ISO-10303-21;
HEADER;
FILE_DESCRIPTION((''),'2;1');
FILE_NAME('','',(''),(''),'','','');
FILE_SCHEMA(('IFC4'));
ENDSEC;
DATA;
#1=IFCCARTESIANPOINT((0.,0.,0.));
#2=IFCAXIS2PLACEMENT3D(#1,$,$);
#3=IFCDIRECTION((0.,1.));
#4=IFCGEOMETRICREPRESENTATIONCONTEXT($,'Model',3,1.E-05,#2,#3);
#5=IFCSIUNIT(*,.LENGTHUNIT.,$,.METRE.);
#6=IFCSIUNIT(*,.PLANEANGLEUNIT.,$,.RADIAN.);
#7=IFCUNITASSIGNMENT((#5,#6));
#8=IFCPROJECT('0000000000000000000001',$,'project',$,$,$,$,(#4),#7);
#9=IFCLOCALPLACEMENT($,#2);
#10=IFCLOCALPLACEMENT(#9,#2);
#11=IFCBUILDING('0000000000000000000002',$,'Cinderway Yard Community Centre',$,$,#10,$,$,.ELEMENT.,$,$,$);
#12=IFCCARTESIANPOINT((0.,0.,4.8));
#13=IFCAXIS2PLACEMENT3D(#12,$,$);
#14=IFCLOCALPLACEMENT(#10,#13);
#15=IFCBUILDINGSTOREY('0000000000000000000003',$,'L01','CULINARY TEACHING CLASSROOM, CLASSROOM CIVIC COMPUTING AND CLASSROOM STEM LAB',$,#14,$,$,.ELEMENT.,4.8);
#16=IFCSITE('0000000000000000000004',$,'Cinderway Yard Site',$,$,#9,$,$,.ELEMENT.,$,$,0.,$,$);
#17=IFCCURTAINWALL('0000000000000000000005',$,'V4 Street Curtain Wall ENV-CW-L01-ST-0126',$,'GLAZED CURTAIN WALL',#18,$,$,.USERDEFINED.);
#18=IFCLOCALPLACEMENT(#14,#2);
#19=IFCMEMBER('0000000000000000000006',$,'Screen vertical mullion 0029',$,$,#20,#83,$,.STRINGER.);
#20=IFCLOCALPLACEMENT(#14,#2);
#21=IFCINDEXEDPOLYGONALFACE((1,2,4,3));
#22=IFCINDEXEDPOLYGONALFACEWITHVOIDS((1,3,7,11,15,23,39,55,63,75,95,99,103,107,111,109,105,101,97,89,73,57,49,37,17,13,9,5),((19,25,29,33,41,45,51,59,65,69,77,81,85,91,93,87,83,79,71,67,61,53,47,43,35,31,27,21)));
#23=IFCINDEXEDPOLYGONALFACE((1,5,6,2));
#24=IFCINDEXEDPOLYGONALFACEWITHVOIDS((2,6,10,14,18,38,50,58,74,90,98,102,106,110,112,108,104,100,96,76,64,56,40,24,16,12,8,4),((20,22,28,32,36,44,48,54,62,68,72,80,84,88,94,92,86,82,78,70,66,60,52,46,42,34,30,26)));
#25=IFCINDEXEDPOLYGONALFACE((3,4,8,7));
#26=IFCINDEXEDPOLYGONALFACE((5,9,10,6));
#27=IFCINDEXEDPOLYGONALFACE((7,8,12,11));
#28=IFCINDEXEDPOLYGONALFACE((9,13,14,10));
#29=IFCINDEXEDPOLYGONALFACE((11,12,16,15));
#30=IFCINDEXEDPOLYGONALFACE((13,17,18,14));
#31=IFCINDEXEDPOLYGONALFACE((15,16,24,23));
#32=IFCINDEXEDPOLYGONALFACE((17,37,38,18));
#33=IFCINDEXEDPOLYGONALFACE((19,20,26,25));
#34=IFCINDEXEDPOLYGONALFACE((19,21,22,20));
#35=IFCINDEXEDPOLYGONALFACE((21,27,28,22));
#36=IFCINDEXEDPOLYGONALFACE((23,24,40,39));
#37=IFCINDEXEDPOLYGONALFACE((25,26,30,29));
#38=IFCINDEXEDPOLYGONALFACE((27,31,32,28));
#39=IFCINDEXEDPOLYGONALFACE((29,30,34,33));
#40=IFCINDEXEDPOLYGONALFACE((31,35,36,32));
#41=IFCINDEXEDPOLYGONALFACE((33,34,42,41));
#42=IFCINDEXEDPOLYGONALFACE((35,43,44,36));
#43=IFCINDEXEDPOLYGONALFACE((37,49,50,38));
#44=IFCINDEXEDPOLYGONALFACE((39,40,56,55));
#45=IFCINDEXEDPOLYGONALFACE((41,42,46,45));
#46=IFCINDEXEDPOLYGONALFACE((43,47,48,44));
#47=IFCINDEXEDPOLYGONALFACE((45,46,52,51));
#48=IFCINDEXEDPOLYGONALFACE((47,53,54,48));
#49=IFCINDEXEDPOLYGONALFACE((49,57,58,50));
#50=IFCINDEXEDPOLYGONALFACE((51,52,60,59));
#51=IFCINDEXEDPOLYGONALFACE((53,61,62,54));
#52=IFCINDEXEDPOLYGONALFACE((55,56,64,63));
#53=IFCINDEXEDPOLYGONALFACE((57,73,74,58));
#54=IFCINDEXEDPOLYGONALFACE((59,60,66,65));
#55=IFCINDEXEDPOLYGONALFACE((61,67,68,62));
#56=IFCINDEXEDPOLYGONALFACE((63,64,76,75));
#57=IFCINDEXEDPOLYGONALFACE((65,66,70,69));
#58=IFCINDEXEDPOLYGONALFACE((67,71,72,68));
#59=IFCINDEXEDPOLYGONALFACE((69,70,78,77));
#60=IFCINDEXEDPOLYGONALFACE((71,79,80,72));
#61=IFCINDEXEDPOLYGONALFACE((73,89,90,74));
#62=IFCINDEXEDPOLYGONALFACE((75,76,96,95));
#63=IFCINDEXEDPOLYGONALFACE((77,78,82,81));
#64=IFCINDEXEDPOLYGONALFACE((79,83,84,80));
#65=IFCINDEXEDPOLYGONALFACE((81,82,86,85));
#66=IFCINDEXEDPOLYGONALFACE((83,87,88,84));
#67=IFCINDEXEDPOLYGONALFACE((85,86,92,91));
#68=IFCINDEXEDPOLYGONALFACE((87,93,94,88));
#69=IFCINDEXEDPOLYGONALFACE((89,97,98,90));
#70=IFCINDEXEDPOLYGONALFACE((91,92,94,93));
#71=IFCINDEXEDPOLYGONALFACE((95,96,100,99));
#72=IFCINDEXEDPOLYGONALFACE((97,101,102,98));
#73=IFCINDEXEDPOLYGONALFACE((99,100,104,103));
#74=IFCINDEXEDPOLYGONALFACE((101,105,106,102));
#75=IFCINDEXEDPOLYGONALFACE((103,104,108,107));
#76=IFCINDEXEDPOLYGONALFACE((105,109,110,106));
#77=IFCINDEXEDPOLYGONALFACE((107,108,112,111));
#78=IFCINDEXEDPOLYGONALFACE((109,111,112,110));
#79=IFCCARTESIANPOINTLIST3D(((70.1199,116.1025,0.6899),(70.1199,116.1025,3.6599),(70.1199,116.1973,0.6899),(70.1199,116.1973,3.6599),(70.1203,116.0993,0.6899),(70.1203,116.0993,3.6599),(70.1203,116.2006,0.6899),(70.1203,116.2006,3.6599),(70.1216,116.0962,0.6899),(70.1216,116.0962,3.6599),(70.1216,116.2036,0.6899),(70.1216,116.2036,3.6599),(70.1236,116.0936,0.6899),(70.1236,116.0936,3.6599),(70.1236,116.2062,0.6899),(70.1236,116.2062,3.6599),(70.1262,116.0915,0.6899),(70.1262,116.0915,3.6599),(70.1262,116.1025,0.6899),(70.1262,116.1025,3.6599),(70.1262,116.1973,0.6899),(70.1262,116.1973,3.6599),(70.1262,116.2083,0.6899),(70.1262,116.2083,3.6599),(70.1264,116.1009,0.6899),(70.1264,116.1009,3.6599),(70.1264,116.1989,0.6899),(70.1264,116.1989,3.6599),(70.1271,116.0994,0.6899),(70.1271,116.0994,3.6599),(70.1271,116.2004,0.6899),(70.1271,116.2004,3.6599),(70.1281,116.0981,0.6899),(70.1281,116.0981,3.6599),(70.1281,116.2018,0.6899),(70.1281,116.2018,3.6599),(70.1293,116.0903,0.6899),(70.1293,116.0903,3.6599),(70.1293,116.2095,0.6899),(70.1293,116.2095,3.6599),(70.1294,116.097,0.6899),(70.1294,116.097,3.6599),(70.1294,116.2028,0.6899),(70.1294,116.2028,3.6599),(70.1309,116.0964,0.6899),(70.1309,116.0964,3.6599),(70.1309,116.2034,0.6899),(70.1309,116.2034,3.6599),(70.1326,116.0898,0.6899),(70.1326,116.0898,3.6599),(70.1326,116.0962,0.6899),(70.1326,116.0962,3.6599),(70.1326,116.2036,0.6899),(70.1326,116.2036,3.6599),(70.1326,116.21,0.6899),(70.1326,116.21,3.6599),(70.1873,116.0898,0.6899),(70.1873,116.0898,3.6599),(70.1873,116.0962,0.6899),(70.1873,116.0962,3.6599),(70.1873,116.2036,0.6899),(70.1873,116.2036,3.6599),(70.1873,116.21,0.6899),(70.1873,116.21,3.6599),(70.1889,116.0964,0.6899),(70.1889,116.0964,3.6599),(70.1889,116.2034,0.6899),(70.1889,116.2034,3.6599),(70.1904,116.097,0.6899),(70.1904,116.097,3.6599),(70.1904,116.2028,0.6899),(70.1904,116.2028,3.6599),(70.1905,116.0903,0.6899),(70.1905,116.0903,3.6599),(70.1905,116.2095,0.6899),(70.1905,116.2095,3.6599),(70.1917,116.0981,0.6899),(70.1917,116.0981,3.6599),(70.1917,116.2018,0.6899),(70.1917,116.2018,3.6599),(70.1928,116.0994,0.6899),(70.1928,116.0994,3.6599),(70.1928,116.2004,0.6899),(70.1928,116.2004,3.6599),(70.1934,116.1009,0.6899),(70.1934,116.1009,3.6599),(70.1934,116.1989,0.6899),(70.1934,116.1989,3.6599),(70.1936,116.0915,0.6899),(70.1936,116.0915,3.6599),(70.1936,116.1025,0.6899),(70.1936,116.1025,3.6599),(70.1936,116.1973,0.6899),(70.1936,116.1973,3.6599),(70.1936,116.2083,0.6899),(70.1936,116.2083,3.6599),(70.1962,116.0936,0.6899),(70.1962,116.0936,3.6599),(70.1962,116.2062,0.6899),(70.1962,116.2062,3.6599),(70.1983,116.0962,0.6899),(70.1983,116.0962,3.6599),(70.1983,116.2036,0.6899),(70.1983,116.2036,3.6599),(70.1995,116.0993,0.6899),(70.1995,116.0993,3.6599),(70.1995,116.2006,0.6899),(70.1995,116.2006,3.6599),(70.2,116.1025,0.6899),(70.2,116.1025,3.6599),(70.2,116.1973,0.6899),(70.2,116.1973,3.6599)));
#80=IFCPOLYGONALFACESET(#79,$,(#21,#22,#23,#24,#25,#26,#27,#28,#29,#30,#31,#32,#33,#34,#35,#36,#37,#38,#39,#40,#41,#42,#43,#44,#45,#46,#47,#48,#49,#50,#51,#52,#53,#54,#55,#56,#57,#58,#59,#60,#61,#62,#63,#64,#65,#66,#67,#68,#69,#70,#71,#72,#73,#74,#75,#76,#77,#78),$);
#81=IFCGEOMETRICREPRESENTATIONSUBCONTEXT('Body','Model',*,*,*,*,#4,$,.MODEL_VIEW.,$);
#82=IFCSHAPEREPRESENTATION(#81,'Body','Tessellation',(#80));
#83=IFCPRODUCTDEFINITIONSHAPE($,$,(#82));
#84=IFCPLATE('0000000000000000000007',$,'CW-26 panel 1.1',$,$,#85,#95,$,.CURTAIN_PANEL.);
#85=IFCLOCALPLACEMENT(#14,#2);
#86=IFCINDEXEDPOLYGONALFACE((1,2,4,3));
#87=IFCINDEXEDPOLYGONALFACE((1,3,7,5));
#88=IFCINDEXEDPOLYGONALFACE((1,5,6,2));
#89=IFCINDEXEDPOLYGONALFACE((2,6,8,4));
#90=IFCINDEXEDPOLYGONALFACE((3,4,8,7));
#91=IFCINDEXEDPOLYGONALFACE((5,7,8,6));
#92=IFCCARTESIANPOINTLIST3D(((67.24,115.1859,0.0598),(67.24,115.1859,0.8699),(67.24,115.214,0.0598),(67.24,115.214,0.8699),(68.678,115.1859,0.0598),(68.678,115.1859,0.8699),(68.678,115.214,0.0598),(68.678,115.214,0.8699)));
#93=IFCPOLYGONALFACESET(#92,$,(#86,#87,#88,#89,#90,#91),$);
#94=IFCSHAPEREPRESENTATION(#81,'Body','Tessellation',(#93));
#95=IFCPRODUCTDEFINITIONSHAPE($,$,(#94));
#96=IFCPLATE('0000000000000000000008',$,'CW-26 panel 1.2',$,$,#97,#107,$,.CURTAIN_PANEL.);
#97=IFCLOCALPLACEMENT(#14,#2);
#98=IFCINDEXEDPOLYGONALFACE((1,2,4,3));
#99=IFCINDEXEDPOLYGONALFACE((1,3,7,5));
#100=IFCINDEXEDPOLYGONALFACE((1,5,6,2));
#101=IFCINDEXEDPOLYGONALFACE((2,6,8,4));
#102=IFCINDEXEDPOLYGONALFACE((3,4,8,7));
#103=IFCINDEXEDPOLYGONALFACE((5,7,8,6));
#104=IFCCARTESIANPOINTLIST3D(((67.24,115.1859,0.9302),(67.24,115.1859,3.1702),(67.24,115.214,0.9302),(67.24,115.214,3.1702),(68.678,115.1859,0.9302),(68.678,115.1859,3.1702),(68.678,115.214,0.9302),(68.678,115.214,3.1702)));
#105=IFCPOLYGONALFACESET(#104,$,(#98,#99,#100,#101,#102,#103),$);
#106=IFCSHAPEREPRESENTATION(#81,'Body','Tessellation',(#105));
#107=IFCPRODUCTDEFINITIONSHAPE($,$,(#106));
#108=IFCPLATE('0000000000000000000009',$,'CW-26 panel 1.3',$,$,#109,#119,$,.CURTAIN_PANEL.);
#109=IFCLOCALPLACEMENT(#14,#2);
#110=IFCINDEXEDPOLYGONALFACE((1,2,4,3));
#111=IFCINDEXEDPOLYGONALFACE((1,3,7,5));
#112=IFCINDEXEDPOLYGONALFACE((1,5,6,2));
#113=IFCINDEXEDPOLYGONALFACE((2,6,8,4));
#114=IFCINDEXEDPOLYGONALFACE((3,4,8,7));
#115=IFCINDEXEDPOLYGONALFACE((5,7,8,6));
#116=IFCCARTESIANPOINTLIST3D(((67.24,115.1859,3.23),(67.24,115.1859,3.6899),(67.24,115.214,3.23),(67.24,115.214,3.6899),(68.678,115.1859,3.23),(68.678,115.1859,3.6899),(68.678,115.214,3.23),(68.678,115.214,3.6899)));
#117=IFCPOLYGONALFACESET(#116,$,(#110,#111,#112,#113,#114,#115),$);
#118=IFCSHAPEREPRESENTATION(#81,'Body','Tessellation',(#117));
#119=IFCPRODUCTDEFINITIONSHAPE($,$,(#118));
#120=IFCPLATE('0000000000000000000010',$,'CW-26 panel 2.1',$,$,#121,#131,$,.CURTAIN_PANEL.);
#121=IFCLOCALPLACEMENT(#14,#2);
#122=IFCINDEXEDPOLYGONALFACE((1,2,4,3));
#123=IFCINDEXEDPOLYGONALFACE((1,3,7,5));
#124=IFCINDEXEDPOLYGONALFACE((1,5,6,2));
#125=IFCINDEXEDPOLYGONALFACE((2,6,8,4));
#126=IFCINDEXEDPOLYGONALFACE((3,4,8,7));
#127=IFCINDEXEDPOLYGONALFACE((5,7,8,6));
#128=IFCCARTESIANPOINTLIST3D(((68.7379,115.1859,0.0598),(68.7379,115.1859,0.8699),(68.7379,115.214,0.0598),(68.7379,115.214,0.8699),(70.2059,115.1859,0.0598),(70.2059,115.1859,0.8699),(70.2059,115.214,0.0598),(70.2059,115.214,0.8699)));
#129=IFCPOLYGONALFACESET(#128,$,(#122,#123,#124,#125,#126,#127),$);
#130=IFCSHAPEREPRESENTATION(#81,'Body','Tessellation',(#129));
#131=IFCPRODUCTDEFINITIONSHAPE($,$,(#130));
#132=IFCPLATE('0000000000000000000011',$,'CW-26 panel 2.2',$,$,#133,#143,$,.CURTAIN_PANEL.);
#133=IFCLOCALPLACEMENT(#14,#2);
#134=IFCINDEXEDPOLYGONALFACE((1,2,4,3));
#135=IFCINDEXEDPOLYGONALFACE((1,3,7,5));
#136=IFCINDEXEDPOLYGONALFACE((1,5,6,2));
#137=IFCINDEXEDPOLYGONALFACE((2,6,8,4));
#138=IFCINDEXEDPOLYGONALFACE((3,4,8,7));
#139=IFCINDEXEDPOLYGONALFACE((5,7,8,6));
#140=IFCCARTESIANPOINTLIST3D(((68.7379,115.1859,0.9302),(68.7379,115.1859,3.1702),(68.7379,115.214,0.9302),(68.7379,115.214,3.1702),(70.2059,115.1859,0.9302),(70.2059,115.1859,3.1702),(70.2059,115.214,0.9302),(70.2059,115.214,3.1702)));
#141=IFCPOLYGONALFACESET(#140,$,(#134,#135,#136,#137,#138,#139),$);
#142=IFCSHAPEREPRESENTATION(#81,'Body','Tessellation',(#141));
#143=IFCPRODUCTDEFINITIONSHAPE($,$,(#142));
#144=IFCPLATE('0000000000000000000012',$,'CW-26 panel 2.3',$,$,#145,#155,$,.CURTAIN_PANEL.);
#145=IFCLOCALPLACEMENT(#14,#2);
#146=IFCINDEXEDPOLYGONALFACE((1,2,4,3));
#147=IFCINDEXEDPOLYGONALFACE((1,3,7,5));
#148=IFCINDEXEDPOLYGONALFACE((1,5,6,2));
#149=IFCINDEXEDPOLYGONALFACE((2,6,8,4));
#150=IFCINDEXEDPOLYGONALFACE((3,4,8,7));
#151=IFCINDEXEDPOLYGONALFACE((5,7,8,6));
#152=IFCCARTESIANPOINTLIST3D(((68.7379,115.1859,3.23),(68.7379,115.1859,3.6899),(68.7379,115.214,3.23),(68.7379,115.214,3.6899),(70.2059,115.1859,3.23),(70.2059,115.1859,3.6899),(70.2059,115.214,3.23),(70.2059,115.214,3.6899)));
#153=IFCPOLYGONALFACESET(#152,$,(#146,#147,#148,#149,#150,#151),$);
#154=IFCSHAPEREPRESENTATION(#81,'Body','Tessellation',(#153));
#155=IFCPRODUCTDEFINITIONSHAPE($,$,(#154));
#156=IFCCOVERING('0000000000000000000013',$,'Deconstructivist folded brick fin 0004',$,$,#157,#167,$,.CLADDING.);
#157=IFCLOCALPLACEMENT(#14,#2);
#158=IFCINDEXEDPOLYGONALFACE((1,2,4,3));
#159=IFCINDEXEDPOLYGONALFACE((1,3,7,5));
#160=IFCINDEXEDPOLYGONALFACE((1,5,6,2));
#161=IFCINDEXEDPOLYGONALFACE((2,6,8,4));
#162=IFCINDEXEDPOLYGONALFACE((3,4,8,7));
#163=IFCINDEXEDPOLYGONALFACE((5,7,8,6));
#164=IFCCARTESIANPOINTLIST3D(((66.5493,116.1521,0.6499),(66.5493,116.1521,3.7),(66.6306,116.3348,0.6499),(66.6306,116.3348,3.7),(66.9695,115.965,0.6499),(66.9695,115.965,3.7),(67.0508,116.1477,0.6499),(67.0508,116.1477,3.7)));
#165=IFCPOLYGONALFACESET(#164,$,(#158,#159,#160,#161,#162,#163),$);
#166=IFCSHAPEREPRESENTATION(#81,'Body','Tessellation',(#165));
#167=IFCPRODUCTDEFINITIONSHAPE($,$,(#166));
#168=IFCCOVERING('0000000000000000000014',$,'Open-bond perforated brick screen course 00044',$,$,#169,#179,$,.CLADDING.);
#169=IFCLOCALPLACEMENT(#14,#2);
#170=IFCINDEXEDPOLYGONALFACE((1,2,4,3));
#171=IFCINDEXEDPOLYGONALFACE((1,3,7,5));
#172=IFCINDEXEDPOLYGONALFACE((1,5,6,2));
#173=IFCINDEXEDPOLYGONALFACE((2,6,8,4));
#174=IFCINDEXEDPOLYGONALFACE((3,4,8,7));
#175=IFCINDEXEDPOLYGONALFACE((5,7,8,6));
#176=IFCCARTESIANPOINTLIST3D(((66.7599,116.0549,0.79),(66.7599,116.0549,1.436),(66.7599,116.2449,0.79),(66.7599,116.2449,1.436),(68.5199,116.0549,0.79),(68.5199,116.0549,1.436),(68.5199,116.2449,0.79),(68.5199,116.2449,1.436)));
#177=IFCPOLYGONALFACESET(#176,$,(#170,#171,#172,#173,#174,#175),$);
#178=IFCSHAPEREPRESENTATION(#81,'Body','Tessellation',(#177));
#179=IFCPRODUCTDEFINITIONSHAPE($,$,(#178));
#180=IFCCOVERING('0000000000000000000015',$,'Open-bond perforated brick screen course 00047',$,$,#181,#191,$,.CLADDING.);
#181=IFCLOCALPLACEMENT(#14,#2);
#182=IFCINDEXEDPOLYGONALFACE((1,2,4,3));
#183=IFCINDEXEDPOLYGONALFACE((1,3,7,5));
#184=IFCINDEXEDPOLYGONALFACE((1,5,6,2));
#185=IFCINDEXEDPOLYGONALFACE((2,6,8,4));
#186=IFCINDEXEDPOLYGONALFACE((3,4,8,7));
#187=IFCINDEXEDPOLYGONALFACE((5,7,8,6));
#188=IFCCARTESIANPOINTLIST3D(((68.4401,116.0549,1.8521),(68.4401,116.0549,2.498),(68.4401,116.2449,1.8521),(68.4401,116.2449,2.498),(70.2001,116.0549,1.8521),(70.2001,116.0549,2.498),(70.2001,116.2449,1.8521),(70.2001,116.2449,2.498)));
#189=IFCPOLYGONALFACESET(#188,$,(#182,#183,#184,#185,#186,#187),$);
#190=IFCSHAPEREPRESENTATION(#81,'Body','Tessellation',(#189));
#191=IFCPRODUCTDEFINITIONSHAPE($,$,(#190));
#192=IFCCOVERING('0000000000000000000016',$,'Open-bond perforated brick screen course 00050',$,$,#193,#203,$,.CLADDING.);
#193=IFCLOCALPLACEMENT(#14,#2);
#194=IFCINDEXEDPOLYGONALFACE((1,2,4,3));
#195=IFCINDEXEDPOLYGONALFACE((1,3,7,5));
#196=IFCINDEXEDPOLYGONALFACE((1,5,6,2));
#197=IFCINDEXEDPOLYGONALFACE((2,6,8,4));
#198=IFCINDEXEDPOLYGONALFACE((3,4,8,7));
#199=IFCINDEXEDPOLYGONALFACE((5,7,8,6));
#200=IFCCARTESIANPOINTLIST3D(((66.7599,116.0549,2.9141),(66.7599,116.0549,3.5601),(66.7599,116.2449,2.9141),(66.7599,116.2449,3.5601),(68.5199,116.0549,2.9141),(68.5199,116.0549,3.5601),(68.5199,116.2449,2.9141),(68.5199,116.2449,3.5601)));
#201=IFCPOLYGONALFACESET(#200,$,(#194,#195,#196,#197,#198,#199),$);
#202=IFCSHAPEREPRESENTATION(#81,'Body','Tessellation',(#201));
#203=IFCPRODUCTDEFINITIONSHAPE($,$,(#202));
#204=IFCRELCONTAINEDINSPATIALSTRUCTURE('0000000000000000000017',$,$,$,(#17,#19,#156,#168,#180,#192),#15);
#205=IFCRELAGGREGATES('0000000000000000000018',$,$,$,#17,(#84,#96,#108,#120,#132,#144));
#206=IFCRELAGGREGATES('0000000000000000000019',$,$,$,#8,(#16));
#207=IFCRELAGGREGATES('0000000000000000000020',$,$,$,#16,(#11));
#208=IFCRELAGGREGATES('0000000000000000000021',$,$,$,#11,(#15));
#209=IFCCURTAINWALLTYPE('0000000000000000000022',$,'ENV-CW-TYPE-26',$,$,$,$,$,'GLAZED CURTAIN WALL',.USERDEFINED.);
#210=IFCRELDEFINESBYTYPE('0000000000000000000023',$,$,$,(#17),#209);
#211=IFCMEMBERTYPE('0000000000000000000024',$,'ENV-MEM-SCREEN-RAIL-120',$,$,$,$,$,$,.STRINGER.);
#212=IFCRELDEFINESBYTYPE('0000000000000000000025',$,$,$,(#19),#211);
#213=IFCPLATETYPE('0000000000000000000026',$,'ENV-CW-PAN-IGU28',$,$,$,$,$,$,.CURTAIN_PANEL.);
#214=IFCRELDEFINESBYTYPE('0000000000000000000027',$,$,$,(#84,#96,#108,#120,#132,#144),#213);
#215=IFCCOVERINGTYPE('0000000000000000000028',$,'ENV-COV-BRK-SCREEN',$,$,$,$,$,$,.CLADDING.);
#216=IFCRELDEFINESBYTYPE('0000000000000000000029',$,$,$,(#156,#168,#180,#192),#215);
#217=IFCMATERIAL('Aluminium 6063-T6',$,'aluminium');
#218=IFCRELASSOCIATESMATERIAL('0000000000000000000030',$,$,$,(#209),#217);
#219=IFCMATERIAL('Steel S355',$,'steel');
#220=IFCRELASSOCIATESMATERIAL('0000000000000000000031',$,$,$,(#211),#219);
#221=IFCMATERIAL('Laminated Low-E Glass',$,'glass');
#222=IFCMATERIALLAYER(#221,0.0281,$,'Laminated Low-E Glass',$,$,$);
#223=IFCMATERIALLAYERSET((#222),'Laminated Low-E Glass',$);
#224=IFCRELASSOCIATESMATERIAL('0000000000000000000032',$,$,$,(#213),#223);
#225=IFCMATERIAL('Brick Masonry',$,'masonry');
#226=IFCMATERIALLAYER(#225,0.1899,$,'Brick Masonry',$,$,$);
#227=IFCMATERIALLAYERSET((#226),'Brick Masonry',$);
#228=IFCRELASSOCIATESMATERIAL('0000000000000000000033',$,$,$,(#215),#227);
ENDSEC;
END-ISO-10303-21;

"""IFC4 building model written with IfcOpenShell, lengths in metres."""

from ifc_helpers import new_model, si_unit, direction, frame, origin, origin_2d, place, context, subcontext, project, spatial, rectangle, hollow_rectangle, extrude, material, layer, layer_set, material_profile, profile_set, type_object, element, aggregate, save


model = new_model("IFC4")

# Units and contexts
model_context = context("Model", 3, precision=1e-05, world=origin(), true_north=direction((0.0, 1.0)))
body_context = subcontext(model_context, "Body", "Model", "MODEL_VIEW")
ifc_project = project(units=[si_unit("LENGTHUNIT", "METRE"), si_unit("PLANEANGLEUNIT", "RADIAN")], contexts=[model_context])

# Site, building, storey
site_placement = place(None, origin())
site = spatial("IfcSite", under=ifc_project, at=site_placement, Name="Cinderway Yard Site", CompositionType="ELEMENT", RefElevation=0.0)
building_placement = place(site_placement, origin())
building = spatial("IfcBuilding", under=site, at=building_placement, Name="Cinderway Yard Community Centre", CompositionType="ELEMENT")
storey_placement = place(building_placement, frame((0.0, 0.0, 4.8)))
storey = spatial("IfcBuildingStorey", under=building, at=storey_placement, Name="L01", Description="CULINARY TEACHING CLASSROOM, CLASSROOM CIVIC COMPUTING AND CLASSROOM STEM LAB", CompositionType="ELEMENT", Elevation=4.8)

# Curtain wall
ifc_material_1 = material(Name="Aluminium 6063-T6", Category="aluminium")
curtain_wall_type = type_object("IfcCurtainWallType", Name="ENV-CW-TYPE-26", ElementType="GLAZED CURTAIN WALL", PredefinedType="USERDEFINED", material=ifc_material_1)
curtain_wall_placement = place(storey_placement, origin())
curtain_wall = element("IfcCurtainWall", 1, at=curtain_wall_placement, inside=storey, type_object=curtain_wall_type, Name="V4 Street Curtain Wall ENV-CW-L01-ST-0126", ObjectType="GLAZED CURTAIN WALL", PredefinedType="USERDEFINED")

# Member
ifc_material_2 = material(Name="Steel S355", Category="steel")
ifc_material_profile_1 = material_profile(ifc_material_2, hollow_rectangle(XDim=0.0801, YDim=0.1201, WallThickness=0.0063, InnerFilletRadius=0.0063, OuterFilletRadius=0.0127, at=origin_2d()), Name="Steel S355")
ifc_profile_set_1 = profile_set([ifc_material_profile_1], Name="Steel S355")
member_type_1 = type_object("IfcMemberType", Name="ENV-MEM-SCREEN-RAIL-120", PredefinedType="STRINGER", material=ifc_profile_set_1)
for number, where, z_axis, x_axis, name in (
    (2, (70.1599, 116.1499, 0.6899), (0.0, 0.0, 1.0), (1.0, 0.0, 0.0), "Screen vertical mullion 0029"),
):
    element("IfcMember", number, at=place(storey_placement, frame(where, z_axis=z_axis, x_axis=x_axis)), inside=storey, type_object=member_type_1, Name=name, PredefinedType="STRINGER", context=body_context, shape_type="SweptSolid", body=[
        extrude(hollow_rectangle(XDim=0.0801, YDim=0.1201, WallThickness=0.0063, InnerFilletRadius=0.0063, OuterFilletRadius=0.0127, at=origin_2d()), origin(), (0.0, 0.0, 1.0), 2.97),
    ])

# Plates
ifc_material_3 = material(Name="Laminated Low-E Glass", Category="glass")
ifc_layer_1 = layer(ifc_material_3, 0.0281, Name="Laminated Low-E Glass")
ifc_layer_set_1 = layer_set([ifc_layer_1], Name="Laminated Low-E Glass")
plate_type = type_object("IfcPlateType", Name="ENV-CW-PAN-IGU28", PredefinedType="CURTAIN_PANEL", material=ifc_layer_set_1)
plate_1_placement = place(storey_placement, frame((67.959, 115.2, 0.0598), z_axis=(0.0, 0.0, 1.0), x_axis=(1.0, 0.0, 0.0)))
plate_1 = element("IfcPlate", 3, at=plate_1_placement, type_object=plate_type, Name="CW-26 panel 1.1", PredefinedType="CURTAIN_PANEL", context=body_context, shape_type="SweptSolid", body=[
    extrude(rectangle(XDim=1.438, YDim=0.0281, at=origin_2d()), origin(), (0.0, 0.0, 1.0), 0.8101),
])
plate_2_placement = place(storey_placement, frame((67.959, 115.2, 0.9302), z_axis=(0.0, 0.0, 1.0), x_axis=(1.0, 0.0, 0.0)))
plate_2 = element("IfcPlate", 4, at=plate_2_placement, type_object=plate_type, Name="CW-26 panel 1.2", PredefinedType="CURTAIN_PANEL", context=body_context, shape_type="SweptSolid", body=[
    extrude(rectangle(XDim=1.438, YDim=0.0281, at=origin_2d()), origin(), (0.0, 0.0, 1.0), 2.24),
])
plate_3_placement = place(storey_placement, frame((67.959, 115.2, 3.23), z_axis=(0.0, 0.0, 1.0), x_axis=(1.0, 0.0, 0.0)))
plate_3 = element("IfcPlate", 5, at=plate_3_placement, type_object=plate_type, Name="CW-26 panel 1.3", PredefinedType="CURTAIN_PANEL", context=body_context, shape_type="SweptSolid", body=[
    extrude(rectangle(XDim=1.438, YDim=0.0281, at=origin_2d()), origin(), (0.0, 0.0, 1.0), 0.46),
])
plate_4_placement = place(storey_placement, frame((69.4719, 115.2, 0.0598), z_axis=(0.0, 0.0, 1.0), x_axis=(1.0, 0.0, 0.0)))
plate_4 = element("IfcPlate", 6, at=plate_4_placement, type_object=plate_type, Name="CW-26 panel 2.1", PredefinedType="CURTAIN_PANEL", context=body_context, shape_type="SweptSolid", body=[
    extrude(rectangle(XDim=1.468, YDim=0.0281, at=origin_2d()), origin(), (0.0, 0.0, 1.0), 0.8101),
])
plate_5_placement = place(storey_placement, frame((69.4719, 115.2, 0.9302), z_axis=(0.0, 0.0, 1.0), x_axis=(1.0, 0.0, 0.0)))
plate_5 = element("IfcPlate", 7, at=plate_5_placement, type_object=plate_type, Name="CW-26 panel 2.2", PredefinedType="CURTAIN_PANEL", context=body_context, shape_type="SweptSolid", body=[
    extrude(rectangle(XDim=1.468, YDim=0.0281, at=origin_2d()), origin(), (0.0, 0.0, 1.0), 2.24),
])
plate_6_placement = place(storey_placement, frame((69.4719, 115.2, 3.23), z_axis=(0.0, 0.0, 1.0), x_axis=(1.0, 0.0, 0.0)))
plate_6 = element("IfcPlate", 8, at=plate_6_placement, type_object=plate_type, Name="CW-26 panel 2.3", PredefinedType="CURTAIN_PANEL", context=body_context, shape_type="SweptSolid", body=[
    extrude(rectangle(XDim=1.468, YDim=0.0281, at=origin_2d()), origin(), (0.0, 0.0, 1.0), 0.46),
])
aggregate(curtain_wall, [plate_1, plate_2, plate_3, plate_4, plate_5, plate_6])

# Coverings
ifc_material_4 = material(Name="Brick Masonry", Category="masonry")
ifc_layer_2 = layer(ifc_material_4, 0.1899, Name="Brick Masonry")
ifc_layer_set_2 = layer_set([ifc_layer_2], Name="Brick Masonry")
covering_type = type_object("IfcCoveringType", Name="ENV-COV-BRK-SCREEN", PredefinedType="CLADDING", material=ifc_layer_set_2)
covering_placement = place(storey_placement, frame((66.8, 116.1499, 0.6499), z_axis=(0.0, 0.0, 1.0), x_axis=(0.913545, -0.406737, 0.0)))
element("IfcCovering", 9, at=covering_placement, inside=storey, type_object=covering_type, Name="Deconstructivist folded brick fin 0004", PredefinedType="CLADDING", context=body_context, shape_type="SweptSolid", body=[
    extrude(rectangle(XDim=0.46, YDim=0.2, at=origin_2d()), origin(), (0.0, 0.0, 1.0), 3.05),
])
for number, where, z_axis, x_axis, name in (
    (10, (67.6399, 116.1499, 0.79), (0.0, 0.0, 1.0), (1.0, 0.0, 0.0), "Open-bond perforated brick screen course 00044"),
    (11, (69.3201, 116.1499, 1.8521), (0.0, 0.0, 1.0), (1.0, 0.0, 0.0), "Open-bond perforated brick screen course 00047"),
    (12, (67.6399, 116.1499, 2.9141), (0.0, 0.0, 1.0), (1.0, 0.0, 0.0), "Open-bond perforated brick screen course 00050"),
):
    element("IfcCovering", number, at=place(storey_placement, frame(where, z_axis=z_axis, x_axis=x_axis)), inside=storey, type_object=covering_type, Name=name, PredefinedType="CLADDING", context=body_context, shape_type="SweptSolid", body=[
        extrude(rectangle(XDim=1.76, YDim=0.1899, at=origin_2d()), origin(), (0.0, 0.0, 1.0), 0.646),
    ])

save(model, "model.ifc")
